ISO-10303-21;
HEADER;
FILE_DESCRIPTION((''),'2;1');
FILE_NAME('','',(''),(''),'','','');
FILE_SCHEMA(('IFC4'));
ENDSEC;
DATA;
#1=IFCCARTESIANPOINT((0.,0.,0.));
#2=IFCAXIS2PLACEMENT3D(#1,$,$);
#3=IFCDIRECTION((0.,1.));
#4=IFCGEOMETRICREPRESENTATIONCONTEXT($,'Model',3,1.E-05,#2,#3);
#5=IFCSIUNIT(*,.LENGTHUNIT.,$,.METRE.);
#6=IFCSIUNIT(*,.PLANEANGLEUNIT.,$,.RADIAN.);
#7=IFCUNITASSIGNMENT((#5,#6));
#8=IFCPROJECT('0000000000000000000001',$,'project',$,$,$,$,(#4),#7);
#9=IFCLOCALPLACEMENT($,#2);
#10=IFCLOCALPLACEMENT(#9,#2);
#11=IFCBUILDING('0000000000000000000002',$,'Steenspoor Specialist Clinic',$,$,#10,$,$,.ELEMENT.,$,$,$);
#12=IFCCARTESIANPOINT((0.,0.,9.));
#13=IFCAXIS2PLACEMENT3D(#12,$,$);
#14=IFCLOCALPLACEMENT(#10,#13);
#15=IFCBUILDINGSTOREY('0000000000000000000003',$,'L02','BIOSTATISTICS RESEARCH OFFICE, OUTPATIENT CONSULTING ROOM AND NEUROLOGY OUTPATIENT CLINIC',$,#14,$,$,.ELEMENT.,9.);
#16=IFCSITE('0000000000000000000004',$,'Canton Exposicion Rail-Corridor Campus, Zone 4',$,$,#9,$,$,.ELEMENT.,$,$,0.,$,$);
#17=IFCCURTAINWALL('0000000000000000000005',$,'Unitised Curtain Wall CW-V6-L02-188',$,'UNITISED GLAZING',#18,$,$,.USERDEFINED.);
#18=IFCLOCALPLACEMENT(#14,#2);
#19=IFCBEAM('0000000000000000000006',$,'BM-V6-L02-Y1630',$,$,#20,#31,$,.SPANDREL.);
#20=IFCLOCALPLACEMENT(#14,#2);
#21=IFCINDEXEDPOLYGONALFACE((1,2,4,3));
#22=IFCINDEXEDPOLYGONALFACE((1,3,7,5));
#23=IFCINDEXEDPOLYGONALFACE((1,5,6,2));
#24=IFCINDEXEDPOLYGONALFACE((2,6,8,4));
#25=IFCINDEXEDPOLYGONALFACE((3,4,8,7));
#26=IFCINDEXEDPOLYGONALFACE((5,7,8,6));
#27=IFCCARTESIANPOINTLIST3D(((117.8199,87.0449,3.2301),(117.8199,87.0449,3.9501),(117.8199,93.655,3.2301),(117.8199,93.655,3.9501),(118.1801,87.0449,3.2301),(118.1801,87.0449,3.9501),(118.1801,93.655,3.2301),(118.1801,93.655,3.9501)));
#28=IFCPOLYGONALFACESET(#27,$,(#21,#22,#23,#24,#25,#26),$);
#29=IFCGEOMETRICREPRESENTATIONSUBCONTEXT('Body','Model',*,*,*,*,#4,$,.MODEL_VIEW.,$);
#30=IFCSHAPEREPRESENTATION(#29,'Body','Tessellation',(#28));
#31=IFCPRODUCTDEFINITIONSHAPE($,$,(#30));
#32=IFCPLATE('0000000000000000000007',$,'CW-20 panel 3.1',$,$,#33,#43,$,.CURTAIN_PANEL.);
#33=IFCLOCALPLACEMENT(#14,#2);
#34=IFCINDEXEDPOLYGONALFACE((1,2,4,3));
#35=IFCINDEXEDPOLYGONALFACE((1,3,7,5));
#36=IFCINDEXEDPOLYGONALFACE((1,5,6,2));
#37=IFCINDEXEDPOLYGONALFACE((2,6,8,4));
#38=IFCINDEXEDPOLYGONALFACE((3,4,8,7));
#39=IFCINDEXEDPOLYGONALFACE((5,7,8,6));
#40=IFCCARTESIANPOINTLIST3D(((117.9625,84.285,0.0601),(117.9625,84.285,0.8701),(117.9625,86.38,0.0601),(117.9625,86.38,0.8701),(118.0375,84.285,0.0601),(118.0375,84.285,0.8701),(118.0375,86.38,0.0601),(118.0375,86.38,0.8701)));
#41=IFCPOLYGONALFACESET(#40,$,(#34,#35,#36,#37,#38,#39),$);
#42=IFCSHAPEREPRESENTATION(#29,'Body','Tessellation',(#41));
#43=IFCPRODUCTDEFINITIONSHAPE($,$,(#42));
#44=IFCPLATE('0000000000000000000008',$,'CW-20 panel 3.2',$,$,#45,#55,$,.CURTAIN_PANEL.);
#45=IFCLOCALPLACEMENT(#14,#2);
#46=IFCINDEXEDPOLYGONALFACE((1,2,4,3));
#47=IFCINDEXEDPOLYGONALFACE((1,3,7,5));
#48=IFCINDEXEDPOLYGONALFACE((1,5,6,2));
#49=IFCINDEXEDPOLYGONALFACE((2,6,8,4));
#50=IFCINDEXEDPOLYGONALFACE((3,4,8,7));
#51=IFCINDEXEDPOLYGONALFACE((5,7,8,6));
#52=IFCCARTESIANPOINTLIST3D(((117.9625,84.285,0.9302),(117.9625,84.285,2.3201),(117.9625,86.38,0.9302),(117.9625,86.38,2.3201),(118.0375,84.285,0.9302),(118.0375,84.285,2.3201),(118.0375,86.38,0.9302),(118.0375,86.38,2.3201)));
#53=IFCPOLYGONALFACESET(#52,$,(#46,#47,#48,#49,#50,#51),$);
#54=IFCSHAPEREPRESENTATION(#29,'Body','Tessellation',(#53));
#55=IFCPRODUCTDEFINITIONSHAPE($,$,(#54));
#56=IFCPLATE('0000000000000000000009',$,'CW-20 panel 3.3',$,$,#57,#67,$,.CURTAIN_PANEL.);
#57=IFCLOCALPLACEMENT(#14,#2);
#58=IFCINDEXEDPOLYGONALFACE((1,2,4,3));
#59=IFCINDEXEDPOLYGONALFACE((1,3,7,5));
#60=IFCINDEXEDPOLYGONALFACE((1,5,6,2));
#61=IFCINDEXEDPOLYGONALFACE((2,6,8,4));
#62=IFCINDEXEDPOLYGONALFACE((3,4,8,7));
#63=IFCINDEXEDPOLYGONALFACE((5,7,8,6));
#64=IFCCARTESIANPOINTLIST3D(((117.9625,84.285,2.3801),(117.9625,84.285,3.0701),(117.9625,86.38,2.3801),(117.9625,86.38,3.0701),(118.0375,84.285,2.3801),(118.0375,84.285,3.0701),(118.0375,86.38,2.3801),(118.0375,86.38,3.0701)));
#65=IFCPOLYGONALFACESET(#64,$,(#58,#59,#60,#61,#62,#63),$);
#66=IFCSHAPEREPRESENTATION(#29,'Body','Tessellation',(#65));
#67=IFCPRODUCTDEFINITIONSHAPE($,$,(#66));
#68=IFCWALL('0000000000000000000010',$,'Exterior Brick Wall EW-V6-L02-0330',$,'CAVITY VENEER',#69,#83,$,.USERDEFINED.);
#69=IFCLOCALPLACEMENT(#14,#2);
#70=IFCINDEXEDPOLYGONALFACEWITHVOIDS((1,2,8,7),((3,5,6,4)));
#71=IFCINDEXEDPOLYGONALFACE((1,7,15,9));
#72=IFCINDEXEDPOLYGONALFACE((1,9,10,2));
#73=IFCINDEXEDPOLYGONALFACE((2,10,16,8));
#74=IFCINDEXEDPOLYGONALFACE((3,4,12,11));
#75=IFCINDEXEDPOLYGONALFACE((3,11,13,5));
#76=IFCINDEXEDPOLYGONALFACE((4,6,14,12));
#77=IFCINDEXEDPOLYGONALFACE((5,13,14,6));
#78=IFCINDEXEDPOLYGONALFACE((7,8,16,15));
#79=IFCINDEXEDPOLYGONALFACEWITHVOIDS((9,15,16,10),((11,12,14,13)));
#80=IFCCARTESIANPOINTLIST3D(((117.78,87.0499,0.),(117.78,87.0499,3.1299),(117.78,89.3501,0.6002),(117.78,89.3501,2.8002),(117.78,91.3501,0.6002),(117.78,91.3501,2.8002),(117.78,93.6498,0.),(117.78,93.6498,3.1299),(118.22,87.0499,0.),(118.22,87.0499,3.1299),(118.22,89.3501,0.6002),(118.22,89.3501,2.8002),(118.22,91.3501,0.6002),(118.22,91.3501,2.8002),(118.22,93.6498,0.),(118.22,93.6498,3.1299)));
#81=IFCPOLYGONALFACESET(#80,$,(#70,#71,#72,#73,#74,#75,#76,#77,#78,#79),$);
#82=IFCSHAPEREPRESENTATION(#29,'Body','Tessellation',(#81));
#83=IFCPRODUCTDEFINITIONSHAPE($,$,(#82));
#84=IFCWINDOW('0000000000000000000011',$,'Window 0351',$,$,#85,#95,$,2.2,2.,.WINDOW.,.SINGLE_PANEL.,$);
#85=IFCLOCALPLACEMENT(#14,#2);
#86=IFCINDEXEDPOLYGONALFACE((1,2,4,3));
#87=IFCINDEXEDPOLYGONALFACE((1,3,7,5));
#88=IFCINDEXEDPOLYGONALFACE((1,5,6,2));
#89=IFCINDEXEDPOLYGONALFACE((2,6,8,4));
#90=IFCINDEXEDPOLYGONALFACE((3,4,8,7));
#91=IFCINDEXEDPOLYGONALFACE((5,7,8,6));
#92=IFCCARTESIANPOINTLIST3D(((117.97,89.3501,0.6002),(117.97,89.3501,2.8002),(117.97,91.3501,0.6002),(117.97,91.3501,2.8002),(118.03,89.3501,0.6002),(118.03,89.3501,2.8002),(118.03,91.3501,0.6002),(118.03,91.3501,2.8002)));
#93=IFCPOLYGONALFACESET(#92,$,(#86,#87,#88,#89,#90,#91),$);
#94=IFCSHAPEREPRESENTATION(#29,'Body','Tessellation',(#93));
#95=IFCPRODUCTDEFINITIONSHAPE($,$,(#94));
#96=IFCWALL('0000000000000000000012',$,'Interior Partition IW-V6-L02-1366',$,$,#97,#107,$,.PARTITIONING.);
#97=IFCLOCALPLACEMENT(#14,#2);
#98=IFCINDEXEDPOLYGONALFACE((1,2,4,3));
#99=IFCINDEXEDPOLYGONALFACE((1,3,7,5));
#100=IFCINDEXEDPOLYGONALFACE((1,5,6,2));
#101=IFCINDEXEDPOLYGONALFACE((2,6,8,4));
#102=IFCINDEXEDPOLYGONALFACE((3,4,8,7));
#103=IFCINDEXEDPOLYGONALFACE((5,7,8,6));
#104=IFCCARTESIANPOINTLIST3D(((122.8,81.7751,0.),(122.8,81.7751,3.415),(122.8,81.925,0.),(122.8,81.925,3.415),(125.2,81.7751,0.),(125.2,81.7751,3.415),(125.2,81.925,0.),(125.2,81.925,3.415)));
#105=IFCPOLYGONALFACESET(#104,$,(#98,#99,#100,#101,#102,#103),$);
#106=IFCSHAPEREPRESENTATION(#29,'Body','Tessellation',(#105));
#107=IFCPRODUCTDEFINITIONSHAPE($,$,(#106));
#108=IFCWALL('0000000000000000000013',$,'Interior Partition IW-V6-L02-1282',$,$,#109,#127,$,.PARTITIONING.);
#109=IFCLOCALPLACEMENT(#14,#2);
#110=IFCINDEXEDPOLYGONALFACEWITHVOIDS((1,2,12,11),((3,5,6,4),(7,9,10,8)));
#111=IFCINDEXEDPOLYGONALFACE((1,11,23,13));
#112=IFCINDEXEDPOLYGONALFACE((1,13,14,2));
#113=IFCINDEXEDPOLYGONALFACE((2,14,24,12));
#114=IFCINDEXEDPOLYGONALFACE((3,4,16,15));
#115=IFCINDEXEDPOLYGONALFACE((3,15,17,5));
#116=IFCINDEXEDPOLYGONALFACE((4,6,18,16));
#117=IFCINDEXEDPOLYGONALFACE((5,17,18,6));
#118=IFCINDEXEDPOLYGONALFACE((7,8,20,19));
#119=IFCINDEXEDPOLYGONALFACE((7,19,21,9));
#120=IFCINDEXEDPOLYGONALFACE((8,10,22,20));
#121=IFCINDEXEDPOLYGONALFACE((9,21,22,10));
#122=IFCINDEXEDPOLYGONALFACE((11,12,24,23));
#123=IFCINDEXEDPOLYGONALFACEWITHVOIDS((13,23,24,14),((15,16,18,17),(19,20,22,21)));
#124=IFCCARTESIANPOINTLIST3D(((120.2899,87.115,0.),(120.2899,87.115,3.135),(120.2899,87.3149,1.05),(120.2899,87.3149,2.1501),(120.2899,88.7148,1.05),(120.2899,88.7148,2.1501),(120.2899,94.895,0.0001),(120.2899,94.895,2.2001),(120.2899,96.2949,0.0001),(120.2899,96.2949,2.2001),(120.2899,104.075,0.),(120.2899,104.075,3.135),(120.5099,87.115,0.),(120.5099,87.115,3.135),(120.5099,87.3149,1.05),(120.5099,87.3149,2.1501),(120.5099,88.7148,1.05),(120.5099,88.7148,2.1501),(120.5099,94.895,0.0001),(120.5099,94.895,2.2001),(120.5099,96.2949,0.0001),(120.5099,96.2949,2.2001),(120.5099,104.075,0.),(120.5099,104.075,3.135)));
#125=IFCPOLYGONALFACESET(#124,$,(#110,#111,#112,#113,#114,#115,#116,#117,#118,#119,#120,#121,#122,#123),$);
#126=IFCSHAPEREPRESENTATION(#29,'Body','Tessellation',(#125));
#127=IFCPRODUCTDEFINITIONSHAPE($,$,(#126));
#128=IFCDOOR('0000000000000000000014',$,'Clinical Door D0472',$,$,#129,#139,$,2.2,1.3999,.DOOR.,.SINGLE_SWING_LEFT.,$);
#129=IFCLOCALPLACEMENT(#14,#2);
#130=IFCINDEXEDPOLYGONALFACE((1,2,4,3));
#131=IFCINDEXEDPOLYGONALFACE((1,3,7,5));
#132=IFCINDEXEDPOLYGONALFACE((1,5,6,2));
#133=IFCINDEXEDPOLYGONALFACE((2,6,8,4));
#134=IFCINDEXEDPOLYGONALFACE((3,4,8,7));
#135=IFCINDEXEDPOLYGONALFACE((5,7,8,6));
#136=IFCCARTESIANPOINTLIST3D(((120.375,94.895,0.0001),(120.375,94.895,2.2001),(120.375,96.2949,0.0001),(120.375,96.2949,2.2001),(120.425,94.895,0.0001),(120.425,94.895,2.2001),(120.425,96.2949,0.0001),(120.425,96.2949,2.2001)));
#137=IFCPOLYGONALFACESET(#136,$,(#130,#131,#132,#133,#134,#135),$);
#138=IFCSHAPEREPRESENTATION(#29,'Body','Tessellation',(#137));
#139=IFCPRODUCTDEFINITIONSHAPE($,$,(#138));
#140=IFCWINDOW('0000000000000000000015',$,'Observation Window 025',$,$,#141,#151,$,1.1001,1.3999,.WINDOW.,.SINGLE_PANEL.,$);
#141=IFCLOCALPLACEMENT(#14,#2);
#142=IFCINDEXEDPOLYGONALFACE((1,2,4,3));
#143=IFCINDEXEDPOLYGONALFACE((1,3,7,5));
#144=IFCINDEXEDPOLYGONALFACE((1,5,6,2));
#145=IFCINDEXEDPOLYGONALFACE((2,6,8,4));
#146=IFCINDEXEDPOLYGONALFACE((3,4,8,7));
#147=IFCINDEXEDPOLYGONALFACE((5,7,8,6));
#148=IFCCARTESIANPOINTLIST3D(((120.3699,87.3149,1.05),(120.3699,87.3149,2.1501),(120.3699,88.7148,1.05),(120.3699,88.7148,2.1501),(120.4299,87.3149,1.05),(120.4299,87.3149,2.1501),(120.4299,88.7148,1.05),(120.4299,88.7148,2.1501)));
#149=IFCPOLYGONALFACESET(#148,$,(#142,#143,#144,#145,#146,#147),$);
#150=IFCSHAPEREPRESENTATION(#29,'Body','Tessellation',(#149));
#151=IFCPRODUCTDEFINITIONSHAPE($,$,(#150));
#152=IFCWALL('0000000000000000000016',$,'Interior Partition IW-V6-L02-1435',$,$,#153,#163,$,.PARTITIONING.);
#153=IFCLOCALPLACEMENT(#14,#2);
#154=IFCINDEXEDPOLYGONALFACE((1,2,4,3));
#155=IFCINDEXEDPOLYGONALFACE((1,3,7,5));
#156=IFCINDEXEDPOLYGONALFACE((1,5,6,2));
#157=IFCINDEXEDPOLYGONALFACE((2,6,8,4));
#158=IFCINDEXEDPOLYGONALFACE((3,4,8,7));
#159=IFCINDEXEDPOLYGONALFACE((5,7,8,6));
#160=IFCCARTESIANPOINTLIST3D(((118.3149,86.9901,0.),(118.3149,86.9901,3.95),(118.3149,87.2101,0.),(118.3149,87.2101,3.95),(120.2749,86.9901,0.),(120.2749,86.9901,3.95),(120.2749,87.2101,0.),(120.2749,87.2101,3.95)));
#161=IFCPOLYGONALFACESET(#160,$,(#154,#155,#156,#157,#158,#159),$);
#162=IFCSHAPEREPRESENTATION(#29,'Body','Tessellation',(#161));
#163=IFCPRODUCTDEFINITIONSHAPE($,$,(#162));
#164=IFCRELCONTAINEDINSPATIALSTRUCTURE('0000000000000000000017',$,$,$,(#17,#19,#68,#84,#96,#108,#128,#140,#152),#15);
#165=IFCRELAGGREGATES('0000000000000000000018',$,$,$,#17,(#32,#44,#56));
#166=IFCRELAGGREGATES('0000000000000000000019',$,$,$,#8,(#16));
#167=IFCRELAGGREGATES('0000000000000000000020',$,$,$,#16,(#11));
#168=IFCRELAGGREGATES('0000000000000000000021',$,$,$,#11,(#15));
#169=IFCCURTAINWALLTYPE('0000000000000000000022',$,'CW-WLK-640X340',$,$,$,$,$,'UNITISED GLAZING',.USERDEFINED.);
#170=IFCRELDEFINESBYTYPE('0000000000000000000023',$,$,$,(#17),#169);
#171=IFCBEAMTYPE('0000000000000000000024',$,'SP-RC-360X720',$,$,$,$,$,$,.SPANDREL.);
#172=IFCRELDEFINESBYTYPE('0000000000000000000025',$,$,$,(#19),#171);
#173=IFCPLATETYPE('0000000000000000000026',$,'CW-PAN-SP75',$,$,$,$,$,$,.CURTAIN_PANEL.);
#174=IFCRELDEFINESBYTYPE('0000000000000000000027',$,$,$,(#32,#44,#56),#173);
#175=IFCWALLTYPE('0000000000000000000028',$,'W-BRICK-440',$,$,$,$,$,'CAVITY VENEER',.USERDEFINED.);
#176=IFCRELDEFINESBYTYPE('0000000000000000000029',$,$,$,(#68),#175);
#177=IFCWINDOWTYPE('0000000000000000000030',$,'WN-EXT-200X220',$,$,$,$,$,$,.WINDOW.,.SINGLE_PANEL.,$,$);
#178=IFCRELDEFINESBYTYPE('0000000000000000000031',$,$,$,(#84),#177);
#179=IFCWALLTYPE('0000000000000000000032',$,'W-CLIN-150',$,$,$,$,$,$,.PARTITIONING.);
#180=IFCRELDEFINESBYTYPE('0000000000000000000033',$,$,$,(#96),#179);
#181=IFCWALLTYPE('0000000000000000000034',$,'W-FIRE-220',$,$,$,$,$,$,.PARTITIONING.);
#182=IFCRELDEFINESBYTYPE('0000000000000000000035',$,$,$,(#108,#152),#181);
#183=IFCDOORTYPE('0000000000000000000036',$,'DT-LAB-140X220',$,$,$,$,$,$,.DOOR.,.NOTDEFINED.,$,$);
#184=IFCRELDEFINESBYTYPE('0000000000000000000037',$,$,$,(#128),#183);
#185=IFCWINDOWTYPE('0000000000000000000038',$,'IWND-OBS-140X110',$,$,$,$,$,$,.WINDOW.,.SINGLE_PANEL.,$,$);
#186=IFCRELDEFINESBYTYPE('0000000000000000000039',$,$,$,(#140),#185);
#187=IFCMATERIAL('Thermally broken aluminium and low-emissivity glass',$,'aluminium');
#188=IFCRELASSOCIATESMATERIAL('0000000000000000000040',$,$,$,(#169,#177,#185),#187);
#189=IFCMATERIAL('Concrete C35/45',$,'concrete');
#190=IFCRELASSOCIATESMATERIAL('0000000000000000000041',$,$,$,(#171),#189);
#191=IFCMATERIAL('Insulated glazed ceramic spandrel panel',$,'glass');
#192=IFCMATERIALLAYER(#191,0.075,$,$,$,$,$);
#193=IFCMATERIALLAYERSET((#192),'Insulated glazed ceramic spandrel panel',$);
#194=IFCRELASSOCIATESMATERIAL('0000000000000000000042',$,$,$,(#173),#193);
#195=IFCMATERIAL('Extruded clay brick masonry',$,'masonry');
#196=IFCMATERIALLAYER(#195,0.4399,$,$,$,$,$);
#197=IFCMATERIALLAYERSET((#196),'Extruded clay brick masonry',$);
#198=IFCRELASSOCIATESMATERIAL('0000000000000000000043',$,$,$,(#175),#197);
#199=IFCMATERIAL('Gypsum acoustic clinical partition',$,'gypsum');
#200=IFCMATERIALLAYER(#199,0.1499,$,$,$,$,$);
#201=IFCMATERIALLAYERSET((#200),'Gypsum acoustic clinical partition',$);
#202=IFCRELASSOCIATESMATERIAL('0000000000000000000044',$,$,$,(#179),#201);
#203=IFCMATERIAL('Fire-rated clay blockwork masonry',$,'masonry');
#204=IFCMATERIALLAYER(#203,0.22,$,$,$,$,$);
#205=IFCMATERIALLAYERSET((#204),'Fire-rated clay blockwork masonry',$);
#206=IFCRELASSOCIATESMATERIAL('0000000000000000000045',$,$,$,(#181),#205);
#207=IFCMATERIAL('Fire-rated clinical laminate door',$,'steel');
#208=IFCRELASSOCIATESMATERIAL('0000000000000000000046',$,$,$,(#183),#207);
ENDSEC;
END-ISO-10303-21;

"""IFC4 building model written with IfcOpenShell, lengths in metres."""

from ifc_helpers import new_model, si_unit, direction, frame, frame_2d, origin, origin_2d, place, context, subcontext, project, spatial, rectangle, extrude, material, layer, layer_set, material_profile, profile_set, type_object, element, fill, aggregate, save


model = new_model("IFC4")

# Units and contexts
model_context = context("Model", 3, precision=1e-05, world=origin(), true_north=direction((0.0, 1.0)))
body_context = subcontext(model_context, "Body", "Model", "MODEL_VIEW")
ifc_project = project(units=[si_unit("LENGTHUNIT", "METRE"), si_unit("PLANEANGLEUNIT", "RADIAN")], contexts=[model_context])

# Site, building, storey
site_placement = place(None, origin())
site = spatial("IfcSite", under=ifc_project, at=site_placement, Name="Canton Exposicion Rail-Corridor Campus, Zone 4", CompositionType="ELEMENT", RefElevation=0.0)
building_placement = place(site_placement, origin())
building = spatial("IfcBuilding", under=site, at=building_placement, Name="Steenspoor Specialist Clinic", CompositionType="ELEMENT")
storey_placement = place(building_placement, frame((0.0, 0.0, 9.0)))
storey = spatial("IfcBuildingStorey", under=building, at=storey_placement, Name="L02", Description="BIOSTATISTICS RESEARCH OFFICE, OUTPATIENT CONSULTING ROOM AND NEUROLOGY OUTPATIENT CLINIC", CompositionType="ELEMENT", Elevation=9.0)

# Shared definitions
ifc_material_1 = material(Name="Concrete C35/45", Category="concrete")

# Curtain wall
ifc_material_2 = material(Name="Thermally broken aluminium and low-emissivity glass", Category="aluminium")
curtain_wall_type = type_object("IfcCurtainWallType", Name="CW-WLK-640X340", ElementType="UNITISED GLAZING", PredefinedType="USERDEFINED", material=ifc_material_2)
curtain_wall_placement = place(storey_placement, origin())
curtain_wall = element("IfcCurtainWall", 1, at=curtain_wall_placement, inside=storey, type_object=curtain_wall_type, Name="Unitised Curtain Wall CW-V6-L02-188", ObjectType="UNITISED GLAZING", PredefinedType="USERDEFINED")

# Beam
ifc_material_profile_1 = material_profile(ifc_material_1, rectangle(XDim=0.3601, YDim=0.72, at=origin_2d()), Name="RC-SP-360X720")
ifc_profile_set_1 = profile_set([ifc_material_profile_1], Name="Concrete C35/45")
beam_type_1 = type_object("IfcBeamType", Name="SP-RC-360X720", PredefinedType="SPANDREL", material=ifc_profile_set_1)
beam_1_placement = place(storey_placement, frame((118.0, 87.0449, 3.5901), z_axis=(0.0, 1.0, 0.0), x_axis=(-1.0, 0.0, 0.0)))
element("IfcBeam", 2, at=beam_1_placement, inside=storey, type_object=beam_type_1, Name="BM-V6-L02-Y1630", PredefinedType="SPANDREL", context=body_context, shape_type="SweptSolid", body=[
    extrude(rectangle(XDim=0.3601, YDim=0.72, at=origin_2d()), origin(), (0.0, 0.0, 1.0), 6.6101),
])

# Plates
ifc_material_3 = material(Name="Insulated glazed ceramic spandrel panel", Category="glass")
ifc_layer_1 = layer(ifc_material_3, 0.075)
ifc_layer_set_1 = layer_set([ifc_layer_1], Name="Insulated glazed ceramic spandrel panel")
plate_type = type_object("IfcPlateType", Name="CW-PAN-SP75", PredefinedType="CURTAIN_PANEL", material=ifc_layer_set_1)
plate_1_placement = place(storey_placement, frame((118.0, 85.3325, 0.0601), z_axis=(0.0, 0.0, 1.0), x_axis=(0.0, 1.0, 0.0)))
plate_1 = element("IfcPlate", 3, at=plate_1_placement, type_object=plate_type, Name="CW-20 panel 3.1", PredefinedType="CURTAIN_PANEL", context=body_context, shape_type="SweptSolid", body=[
    extrude(rectangle(XDim=2.095, YDim=0.075, at=origin_2d()), origin(), (0.0, 0.0, 1.0), 0.8101),
])
plate_2_placement = place(storey_placement, frame((118.0, 85.3325, 0.9302), z_axis=(0.0, 0.0, 1.0), x_axis=(0.0, 1.0, 0.0)))
plate_2 = element("IfcPlate", 4, at=plate_2_placement, type_object=plate_type, Name="CW-20 panel 3.2", PredefinedType="CURTAIN_PANEL", context=body_context, shape_type="SweptSolid", body=[
    extrude(rectangle(XDim=2.095, YDim=0.075, at=origin_2d()), origin(), (0.0, 0.0, 1.0), 1.3899),
])
plate_3_placement = place(storey_placement, frame((118.0, 85.3325, 2.3801), z_axis=(0.0, 0.0, 1.0), x_axis=(0.0, 1.0, 0.0)))
plate_3 = element("IfcPlate", 5, at=plate_3_placement, type_object=plate_type, Name="CW-20 panel 3.3", PredefinedType="CURTAIN_PANEL", context=body_context, shape_type="SweptSolid", body=[
    extrude(rectangle(XDim=2.095, YDim=0.075, at=origin_2d()), origin(), (0.0, 0.0, 1.0), 0.6899),
])
aggregate(curtain_wall, [plate_1, plate_2, plate_3])

# Wall, opening, window
ifc_material_4 = material(Name="Extruded clay brick masonry", Category="masonry")
ifc_layer_2 = layer(ifc_material_4, 0.4399)
ifc_layer_set_2 = layer_set([ifc_layer_2], Name="Extruded clay brick masonry")
wall_type_1 = type_object("IfcWallType", Name="W-BRICK-440", ElementType="CAVITY VENEER", PredefinedType="USERDEFINED", material=ifc_layer_set_2)
wall_1_placement = place(storey_placement, frame((118.0, 87.05, 0.0), z_axis=(0.0, 0.0, 1.0), x_axis=(0.0, 1.0, 0.0)))
wall_1 = element("IfcWall", 6, at=wall_1_placement, inside=storey, type_object=wall_type_1, Name="Exterior Brick Wall EW-V6-L02-0330", ObjectType="CAVITY VENEER", PredefinedType="USERDEFINED", context=body_context, shape_type="SweptSolid", body=[
    extrude(rectangle(XDim=6.5999, YDim=0.4399, at=frame_2d((3.2998, 0.0))), origin(), (0.0, 0.0, 1.0), 3.1299),
])
opening_1_placement = place(wall_1_placement, frame((2.3, 0.0, 0.6001)))
opening_1 = element("IfcOpeningElement", 7, at=opening_1_placement, cuts=wall_1, PredefinedType="OPENING", context=body_context, shape_type="SweptSolid", body=[
    extrude(rectangle(XDim=2.0, YDim=2.2, at=frame_2d((1.0, 1.1001))), frame((0.0, 0.23, 0.0), z_axis=(0.0, -1.0, 0.0), x_axis=(1.0, 0.0, 0.0)), (0.0, 0.0, 1.0), 0.46),
])
window_type_1 = type_object("IfcWindowType", Name="WN-EXT-200X220", PartitioningType="SINGLE_PANEL", PredefinedType="WINDOW", material=ifc_material_2)
window_1_placement = place(opening_1_placement, origin())
window_1 = element("IfcWindow", 8, at=window_1_placement, inside=storey, type_object=window_type_1, Name="Window 0351", OverallHeight=2.2, OverallWidth=2.0, PartitioningType="SINGLE_PANEL", PredefinedType="WINDOW", context=body_context, shape_type="SweptSolid", body=[
    extrude(rectangle(XDim=2.0, YDim=2.2, at=frame_2d((1.0, 1.1001))), frame((0.0, 0.03, 0.0), z_axis=(0.0, -1.0, 0.0), x_axis=(1.0, 0.0, 0.0)), (0.0, 0.0, 1.0), 0.0601),
])
fill(opening_1, window_1)

# Wall
ifc_material_5 = material(Name="Gypsum acoustic clinical partition", Category="gypsum")
ifc_layer_3 = layer(ifc_material_5, 0.1499)
ifc_layer_set_3 = layer_set([ifc_layer_3], Name="Gypsum acoustic clinical partition")
wall_type_2 = type_object("IfcWallType", Name="W-CLIN-150", PredefinedType="PARTITIONING", material=ifc_layer_set_3)
wall_2_placement = place(storey_placement, frame((122.8, 81.8501, 0.0), z_axis=(0.0, 0.0, 1.0), x_axis=(1.0, 0.0, 0.0)))
element("IfcWall", 9, at=wall_2_placement, inside=storey, type_object=wall_type_2, Name="Interior Partition IW-V6-L02-1366", PredefinedType="PARTITIONING", context=body_context, shape_type="SweptSolid", body=[
    extrude(rectangle(XDim=2.3999, YDim=0.1499, at=frame_2d((1.2, 0.0))), origin(), (0.0, 0.0, 1.0), 3.415),
])

# Wall, openings, door, window
ifc_material_6 = material(Name="Fire-rated clay blockwork masonry", Category="masonry")
ifc_layer_4 = layer(ifc_material_6, 0.22)
ifc_layer_set_4 = layer_set([ifc_layer_4], Name="Fire-rated clay blockwork masonry")
wall_type_3 = type_object("IfcWallType", Name="W-FIRE-220", PredefinedType="PARTITIONING", material=ifc_layer_set_4)
wall_3_placement = place(storey_placement, frame((120.3999, 87.115, 0.0), z_axis=(0.0, 0.0, 1.0), x_axis=(0.0, 1.0, 0.0)))
wall_3 = element("IfcWall", 10, at=wall_3_placement, inside=storey, type_object=wall_type_3, Name="Interior Partition IW-V6-L02-1282", PredefinedType="PARTITIONING", context=body_context, shape_type="SweptSolid", body=[
    extrude(rectangle(XDim=16.96, YDim=0.22, at=frame_2d((8.48, 0.0))), origin(), (0.0, 0.0, 1.0), 3.135),
])
opening_2_placement = place(wall_3_placement, frame((7.78, 0.0, 0.0)))
opening_2 = element("IfcOpeningElement", 11, at=opening_2_placement, cuts=wall_3, PredefinedType="OPENING", context=body_context, shape_type="SweptSolid", body=[
    extrude(rectangle(XDim=1.3999, YDim=2.2, at=frame_2d((0.7, 1.1001))), frame((0.0, 0.1201, 0.0), z_axis=(0.0, -1.0, 0.0), x_axis=(1.0, 0.0, 0.0)), (0.0, 0.0, 1.0), 0.24),
])
opening_3_placement = place(wall_3_placement, frame((0.2, 0.0, 1.05)))
opening_3 = element("IfcOpeningElement", 12, at=opening_3_placement, cuts=wall_3, PredefinedType="OPENING", context=body_context, shape_type="SweptSolid", body=[
    extrude(rectangle(XDim=1.3999, YDim=1.1001, at=frame_2d((0.7, 0.55))), frame((0.0, 0.1201, 0.0), z_axis=(0.0, -1.0, 0.0), x_axis=(1.0, 0.0, 0.0)), (0.0, 0.0, 1.0), 0.24),
])
ifc_material_7 = material(Name="Fire-rated clinical laminate door", Category="steel")
door_type_1 = type_object("IfcDoorType", Name="DT-LAB-140X220", OperationType="NOTDEFINED", PredefinedType="DOOR", material=ifc_material_7)
door_1_placement = place(opening_2_placement, origin())
door_1 = element("IfcDoor", 13, at=door_1_placement, inside=storey, type_object=door_type_1, Name="Clinical Door D0472", OperationType="SINGLE_SWING_LEFT", OverallHeight=2.2, OverallWidth=1.3999, PredefinedType="DOOR", context=body_context, shape_type="SweptSolid", body=[
    extrude(rectangle(XDim=1.3999, YDim=2.2, at=frame_2d((0.7, 1.1001))), frame((0.0, 0.0249, 0.0), z_axis=(0.0, -1.0, 0.0), x_axis=(1.0, 0.0, 0.0)), (0.0, 0.0, 1.0), 0.05),
])
fill(opening_2, door_1)
window_type_2 = type_object("IfcWindowType", Name="IWND-OBS-140X110", PartitioningType="SINGLE_PANEL", PredefinedType="WINDOW", material=ifc_material_2)
window_2_placement = place(opening_3_placement, origin())
window_2 = element("IfcWindow", 14, at=window_2_placement, inside=storey, type_object=window_type_2, Name="Observation Window 025", OverallHeight=1.1001, OverallWidth=1.3999, PartitioningType="SINGLE_PANEL", PredefinedType="WINDOW", context=body_context, shape_type="SweptSolid", body=[
    extrude(rectangle(XDim=1.3999, YDim=1.1001, at=frame_2d((0.7, 0.55))), frame((0.0, 0.03, 0.0), z_axis=(0.0, -1.0, 0.0), x_axis=(1.0, 0.0, 0.0)), (0.0, 0.0, 1.0), 0.0601),
])
fill(opening_3, window_2)

# Wall
wall_4_placement = place(storey_placement, frame((118.3149, 87.1001, 0.0), z_axis=(0.0, 0.0, 1.0), x_axis=(1.0, 0.0, 0.0)))
element("IfcWall", 15, at=wall_4_placement, inside=storey, type_object=wall_type_3, Name="Interior Partition IW-V6-L02-1435", PredefinedType="PARTITIONING", context=body_context, shape_type="SweptSolid", body=[
    extrude(rectangle(XDim=1.96, YDim=0.22, at=frame_2d((0.98, 0.0))), origin(), (0.0, 0.0, 1.0), 3.95),
])

save(model, "model.ifc")
